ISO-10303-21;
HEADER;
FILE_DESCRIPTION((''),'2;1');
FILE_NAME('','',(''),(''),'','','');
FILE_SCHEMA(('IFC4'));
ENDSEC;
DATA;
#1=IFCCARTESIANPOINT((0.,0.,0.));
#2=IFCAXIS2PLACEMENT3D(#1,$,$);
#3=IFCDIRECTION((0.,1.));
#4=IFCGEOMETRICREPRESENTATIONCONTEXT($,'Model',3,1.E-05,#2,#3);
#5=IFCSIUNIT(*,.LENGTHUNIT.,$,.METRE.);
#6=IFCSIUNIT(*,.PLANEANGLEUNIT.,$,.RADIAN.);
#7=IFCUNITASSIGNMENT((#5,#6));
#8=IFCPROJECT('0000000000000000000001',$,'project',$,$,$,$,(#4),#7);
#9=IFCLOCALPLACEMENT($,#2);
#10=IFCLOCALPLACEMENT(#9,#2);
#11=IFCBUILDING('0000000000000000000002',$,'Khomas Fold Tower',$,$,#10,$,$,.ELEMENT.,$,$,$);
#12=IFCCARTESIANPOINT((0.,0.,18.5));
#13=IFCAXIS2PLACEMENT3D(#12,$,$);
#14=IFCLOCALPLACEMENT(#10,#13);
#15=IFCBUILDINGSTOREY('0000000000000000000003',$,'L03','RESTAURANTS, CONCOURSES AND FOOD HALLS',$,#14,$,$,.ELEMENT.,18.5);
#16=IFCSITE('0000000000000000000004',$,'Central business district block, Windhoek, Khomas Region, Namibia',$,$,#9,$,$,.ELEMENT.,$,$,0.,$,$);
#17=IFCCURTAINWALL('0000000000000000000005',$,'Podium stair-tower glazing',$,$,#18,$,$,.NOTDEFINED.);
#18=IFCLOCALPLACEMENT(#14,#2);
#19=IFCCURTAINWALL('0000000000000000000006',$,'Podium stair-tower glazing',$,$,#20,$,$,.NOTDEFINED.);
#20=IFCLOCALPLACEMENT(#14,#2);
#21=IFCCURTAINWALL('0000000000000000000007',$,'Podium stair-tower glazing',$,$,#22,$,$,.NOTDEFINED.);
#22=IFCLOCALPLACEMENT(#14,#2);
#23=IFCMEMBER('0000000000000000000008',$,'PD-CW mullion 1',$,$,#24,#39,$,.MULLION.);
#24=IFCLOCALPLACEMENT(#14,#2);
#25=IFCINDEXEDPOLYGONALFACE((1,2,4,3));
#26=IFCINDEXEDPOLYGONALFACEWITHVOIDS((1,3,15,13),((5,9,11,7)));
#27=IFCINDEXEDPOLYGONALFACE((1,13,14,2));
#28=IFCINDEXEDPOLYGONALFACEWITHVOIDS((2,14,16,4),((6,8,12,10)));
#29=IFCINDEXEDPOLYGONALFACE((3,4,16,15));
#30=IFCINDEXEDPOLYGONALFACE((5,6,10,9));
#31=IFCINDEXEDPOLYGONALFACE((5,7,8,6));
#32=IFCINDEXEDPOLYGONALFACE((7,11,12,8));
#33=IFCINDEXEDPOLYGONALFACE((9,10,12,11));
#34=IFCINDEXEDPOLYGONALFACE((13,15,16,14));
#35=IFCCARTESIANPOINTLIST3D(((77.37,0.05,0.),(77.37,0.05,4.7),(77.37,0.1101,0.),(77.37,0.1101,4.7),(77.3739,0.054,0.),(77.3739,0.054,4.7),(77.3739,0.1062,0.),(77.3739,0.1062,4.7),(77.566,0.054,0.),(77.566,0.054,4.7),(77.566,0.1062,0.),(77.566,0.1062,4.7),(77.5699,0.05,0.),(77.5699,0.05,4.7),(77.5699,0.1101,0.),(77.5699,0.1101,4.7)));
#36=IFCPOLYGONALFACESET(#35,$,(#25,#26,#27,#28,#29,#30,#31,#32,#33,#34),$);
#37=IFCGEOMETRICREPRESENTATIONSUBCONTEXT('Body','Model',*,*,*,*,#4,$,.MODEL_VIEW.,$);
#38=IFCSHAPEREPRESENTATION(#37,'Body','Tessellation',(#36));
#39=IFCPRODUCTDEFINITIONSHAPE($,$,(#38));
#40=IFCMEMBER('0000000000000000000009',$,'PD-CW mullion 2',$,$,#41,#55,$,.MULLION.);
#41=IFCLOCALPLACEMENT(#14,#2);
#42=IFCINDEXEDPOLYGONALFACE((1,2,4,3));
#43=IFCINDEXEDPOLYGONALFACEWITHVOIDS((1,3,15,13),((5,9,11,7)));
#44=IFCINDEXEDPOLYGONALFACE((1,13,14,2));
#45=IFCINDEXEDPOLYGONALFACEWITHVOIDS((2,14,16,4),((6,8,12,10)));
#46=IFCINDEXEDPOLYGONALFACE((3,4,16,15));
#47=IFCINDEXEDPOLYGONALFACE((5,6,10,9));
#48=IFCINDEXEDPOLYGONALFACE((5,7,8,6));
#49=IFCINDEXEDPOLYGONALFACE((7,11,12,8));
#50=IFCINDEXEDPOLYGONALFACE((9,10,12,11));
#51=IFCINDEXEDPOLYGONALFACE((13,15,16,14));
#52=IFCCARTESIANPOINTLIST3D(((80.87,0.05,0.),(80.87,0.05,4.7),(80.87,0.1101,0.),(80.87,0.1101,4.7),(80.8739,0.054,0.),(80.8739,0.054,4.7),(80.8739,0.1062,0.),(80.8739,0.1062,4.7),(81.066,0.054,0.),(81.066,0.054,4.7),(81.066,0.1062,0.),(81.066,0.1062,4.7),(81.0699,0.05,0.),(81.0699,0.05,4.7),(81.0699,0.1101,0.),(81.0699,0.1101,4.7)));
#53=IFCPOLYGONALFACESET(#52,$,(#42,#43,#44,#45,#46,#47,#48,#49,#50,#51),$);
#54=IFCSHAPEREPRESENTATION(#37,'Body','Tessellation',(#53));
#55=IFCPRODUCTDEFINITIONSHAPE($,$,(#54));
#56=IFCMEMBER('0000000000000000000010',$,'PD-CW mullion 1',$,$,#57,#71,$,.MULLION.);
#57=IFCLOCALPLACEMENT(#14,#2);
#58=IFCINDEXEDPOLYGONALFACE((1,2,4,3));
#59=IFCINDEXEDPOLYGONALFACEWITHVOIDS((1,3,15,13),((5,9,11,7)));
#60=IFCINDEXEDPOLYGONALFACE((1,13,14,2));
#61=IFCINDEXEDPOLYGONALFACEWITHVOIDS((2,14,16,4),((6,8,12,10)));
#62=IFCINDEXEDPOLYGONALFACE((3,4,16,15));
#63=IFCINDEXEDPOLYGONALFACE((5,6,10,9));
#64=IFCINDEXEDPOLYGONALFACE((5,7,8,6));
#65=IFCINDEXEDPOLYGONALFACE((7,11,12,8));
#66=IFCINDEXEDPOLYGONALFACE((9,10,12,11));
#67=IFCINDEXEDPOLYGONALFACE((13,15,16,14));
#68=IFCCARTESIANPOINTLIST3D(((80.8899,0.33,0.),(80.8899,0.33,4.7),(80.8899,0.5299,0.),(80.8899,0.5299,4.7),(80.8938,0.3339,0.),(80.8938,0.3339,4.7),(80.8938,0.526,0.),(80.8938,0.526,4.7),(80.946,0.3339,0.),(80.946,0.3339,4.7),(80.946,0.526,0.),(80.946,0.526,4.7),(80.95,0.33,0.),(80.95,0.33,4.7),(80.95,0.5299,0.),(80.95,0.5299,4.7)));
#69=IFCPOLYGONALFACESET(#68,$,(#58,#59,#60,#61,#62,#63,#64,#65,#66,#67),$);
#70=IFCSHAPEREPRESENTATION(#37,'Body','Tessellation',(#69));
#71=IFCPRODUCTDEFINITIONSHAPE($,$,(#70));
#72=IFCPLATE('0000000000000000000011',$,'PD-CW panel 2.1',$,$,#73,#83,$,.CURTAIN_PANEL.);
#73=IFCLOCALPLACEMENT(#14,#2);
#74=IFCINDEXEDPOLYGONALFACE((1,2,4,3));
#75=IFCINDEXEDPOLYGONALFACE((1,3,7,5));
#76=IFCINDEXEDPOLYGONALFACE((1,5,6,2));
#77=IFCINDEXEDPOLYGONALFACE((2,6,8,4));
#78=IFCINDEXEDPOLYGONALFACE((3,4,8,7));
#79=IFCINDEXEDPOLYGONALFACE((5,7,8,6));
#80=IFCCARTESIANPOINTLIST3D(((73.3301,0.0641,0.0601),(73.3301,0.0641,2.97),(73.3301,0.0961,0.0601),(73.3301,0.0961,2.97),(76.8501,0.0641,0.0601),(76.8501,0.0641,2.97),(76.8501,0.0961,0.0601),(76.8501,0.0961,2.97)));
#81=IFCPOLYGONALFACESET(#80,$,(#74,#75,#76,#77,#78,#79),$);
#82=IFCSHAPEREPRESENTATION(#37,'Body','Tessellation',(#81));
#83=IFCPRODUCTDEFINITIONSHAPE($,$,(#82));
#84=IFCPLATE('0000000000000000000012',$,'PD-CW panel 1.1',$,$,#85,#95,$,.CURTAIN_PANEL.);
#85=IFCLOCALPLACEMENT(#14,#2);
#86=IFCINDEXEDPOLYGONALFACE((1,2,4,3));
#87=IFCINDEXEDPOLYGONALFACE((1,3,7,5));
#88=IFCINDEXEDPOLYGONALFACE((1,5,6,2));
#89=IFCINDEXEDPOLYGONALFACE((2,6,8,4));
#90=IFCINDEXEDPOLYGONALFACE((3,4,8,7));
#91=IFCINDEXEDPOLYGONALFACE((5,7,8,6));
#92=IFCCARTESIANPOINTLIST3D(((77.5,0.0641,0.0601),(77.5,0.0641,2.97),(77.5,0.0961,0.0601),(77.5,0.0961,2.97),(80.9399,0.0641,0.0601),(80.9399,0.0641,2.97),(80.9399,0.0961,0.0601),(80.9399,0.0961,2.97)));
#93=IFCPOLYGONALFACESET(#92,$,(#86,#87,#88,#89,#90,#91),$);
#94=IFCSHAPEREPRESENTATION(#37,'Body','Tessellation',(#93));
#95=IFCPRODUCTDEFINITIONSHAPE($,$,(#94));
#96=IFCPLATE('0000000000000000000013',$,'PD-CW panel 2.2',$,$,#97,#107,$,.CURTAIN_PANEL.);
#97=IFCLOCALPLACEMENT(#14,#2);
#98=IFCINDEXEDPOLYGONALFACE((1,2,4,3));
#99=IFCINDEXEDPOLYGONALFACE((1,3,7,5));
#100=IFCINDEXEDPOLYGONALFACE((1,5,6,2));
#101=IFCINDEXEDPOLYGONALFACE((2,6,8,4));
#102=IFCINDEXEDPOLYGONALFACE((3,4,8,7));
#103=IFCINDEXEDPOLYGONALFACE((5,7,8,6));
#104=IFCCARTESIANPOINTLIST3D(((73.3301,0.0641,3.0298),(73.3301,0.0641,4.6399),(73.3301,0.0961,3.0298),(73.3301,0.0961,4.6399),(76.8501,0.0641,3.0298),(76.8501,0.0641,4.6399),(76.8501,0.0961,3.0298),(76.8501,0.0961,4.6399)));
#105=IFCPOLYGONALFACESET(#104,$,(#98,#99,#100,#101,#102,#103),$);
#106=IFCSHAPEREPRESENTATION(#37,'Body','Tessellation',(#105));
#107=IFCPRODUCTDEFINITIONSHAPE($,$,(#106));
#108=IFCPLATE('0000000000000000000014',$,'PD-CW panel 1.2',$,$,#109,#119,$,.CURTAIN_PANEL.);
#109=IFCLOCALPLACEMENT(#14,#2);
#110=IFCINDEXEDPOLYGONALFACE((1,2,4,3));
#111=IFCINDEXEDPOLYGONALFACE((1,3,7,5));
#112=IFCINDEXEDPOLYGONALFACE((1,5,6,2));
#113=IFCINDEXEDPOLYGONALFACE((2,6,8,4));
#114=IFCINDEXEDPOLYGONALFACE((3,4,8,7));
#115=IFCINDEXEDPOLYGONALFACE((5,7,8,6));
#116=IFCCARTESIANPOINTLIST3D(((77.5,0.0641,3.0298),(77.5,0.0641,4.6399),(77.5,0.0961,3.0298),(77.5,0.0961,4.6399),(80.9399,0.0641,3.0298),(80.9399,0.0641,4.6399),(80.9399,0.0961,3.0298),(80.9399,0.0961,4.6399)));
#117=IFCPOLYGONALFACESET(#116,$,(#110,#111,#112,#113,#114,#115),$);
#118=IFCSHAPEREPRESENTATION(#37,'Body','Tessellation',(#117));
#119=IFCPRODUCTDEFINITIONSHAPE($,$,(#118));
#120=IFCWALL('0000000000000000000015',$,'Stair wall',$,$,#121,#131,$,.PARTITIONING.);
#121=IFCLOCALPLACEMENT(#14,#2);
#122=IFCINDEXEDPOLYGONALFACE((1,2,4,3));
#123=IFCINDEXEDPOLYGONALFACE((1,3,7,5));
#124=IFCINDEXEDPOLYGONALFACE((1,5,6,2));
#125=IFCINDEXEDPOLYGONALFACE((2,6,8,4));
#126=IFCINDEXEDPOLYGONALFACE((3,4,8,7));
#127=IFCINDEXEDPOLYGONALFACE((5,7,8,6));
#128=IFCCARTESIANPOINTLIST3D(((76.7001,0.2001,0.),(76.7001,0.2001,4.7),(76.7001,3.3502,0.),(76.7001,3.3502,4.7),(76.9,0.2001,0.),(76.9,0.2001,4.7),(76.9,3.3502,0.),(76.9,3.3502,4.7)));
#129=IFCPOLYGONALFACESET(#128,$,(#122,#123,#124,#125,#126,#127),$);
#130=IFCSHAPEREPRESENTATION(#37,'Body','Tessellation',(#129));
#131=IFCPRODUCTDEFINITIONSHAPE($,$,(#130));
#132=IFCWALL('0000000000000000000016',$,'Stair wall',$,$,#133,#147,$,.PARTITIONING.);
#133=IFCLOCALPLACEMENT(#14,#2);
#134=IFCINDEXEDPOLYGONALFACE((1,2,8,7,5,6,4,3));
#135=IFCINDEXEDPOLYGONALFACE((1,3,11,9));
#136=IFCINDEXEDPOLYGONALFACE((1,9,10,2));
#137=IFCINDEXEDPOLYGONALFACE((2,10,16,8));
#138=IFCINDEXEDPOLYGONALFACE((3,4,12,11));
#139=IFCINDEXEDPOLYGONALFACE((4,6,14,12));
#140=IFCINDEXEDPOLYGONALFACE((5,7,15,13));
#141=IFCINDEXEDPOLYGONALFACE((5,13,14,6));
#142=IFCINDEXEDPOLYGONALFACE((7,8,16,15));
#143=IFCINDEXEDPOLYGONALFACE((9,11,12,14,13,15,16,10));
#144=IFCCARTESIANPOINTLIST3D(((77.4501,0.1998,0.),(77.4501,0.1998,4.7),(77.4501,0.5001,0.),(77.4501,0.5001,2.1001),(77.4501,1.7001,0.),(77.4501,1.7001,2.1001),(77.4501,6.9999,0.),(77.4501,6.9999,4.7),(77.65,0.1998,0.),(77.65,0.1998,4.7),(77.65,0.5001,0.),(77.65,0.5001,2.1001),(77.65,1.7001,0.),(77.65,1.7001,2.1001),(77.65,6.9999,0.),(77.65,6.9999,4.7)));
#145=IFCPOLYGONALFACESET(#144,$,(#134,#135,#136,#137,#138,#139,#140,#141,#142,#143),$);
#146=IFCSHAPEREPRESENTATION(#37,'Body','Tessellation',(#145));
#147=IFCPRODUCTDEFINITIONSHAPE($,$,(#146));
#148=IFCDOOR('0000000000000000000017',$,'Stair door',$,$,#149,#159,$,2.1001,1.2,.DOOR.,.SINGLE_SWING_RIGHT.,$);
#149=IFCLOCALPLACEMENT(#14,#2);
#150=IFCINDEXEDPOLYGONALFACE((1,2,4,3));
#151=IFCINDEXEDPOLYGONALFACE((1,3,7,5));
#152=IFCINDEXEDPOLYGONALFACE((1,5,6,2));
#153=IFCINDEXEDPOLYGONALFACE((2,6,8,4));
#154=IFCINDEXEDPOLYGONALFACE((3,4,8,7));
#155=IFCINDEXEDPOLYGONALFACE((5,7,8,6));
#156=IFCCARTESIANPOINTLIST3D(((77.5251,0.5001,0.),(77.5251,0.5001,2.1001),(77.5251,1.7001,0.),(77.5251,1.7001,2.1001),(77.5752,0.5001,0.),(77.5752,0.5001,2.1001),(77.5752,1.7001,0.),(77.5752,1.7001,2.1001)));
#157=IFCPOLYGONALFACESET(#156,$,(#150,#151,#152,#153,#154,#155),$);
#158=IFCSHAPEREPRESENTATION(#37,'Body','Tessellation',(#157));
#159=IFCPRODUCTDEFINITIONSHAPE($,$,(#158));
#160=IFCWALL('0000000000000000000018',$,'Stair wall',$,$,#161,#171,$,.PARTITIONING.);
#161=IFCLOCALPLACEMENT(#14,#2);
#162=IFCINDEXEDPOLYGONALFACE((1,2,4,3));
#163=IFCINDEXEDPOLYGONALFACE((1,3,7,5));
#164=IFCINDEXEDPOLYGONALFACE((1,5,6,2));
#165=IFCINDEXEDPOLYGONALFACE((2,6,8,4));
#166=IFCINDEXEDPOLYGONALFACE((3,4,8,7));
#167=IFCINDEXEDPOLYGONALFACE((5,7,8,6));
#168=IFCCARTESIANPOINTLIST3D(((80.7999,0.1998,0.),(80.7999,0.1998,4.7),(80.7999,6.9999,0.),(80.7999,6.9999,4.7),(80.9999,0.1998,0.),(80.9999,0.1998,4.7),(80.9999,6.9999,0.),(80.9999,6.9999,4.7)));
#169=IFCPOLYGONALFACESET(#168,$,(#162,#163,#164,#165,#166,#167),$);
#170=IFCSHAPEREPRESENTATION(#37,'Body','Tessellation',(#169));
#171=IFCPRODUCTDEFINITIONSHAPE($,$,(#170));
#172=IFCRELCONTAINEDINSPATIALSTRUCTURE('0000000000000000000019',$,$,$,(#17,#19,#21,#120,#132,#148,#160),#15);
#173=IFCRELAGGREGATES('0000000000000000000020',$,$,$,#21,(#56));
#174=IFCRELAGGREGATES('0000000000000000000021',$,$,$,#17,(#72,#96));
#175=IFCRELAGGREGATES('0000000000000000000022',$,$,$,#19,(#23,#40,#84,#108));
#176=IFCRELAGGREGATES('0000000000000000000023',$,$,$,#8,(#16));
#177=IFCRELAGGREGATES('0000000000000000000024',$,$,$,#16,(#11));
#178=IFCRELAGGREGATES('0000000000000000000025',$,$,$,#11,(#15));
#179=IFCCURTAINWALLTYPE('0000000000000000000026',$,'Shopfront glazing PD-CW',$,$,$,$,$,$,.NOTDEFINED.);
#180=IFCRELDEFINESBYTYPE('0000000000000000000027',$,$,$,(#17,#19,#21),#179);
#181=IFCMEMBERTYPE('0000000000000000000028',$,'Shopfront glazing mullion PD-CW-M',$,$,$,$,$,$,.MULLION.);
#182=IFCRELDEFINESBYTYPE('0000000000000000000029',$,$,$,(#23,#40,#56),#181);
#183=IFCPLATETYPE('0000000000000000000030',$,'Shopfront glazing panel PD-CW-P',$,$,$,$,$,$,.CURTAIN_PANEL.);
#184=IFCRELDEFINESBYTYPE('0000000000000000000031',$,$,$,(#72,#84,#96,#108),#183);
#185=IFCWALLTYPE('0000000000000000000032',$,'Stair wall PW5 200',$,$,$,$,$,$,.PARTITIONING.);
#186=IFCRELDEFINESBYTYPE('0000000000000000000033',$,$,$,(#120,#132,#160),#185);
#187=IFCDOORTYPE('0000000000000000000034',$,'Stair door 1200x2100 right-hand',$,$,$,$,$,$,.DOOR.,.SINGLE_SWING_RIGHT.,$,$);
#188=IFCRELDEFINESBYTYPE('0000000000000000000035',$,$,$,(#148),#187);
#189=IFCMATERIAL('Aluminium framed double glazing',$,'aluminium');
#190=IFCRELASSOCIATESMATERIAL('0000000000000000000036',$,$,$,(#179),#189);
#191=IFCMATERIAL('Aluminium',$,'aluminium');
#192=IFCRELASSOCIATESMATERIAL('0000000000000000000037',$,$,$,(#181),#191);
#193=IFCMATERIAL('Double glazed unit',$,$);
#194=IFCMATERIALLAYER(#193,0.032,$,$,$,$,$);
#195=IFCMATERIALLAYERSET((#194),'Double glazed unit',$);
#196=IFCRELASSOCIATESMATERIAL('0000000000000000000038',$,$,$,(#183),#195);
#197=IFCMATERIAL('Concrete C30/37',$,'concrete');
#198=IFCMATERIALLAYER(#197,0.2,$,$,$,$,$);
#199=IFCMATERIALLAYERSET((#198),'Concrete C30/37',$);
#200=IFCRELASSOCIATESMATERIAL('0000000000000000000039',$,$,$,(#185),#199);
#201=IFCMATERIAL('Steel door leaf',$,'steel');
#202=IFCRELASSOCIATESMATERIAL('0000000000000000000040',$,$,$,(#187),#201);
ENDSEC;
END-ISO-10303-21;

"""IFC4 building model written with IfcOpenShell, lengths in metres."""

from ifc_helpers import new_model, si_unit, direction, frame, frame_2d, origin, origin_2d, place, context, subcontext, project, spatial, rectangle, hollow_rectangle, extrude, source, transform, mapped, material, layer, layer_set, material_profile, profile_set, type_object, element, fill, aggregate, save


model = new_model("IFC4")

# Units and contexts
model_context = context("Model", 3, precision=1e-05, world=origin(), true_north=direction((0.0, 1.0)))
body_context = subcontext(model_context, "Body", "Model", "MODEL_VIEW")
ifc_project = project(units=[si_unit("LENGTHUNIT", "METRE"), si_unit("PLANEANGLEUNIT", "RADIAN")], contexts=[model_context])

# Site, building, storey
site_placement = place(None, origin())
site = spatial("IfcSite", under=ifc_project, at=site_placement, Name="Central business district block, Windhoek, Khomas Region, Namibia", CompositionType="ELEMENT", RefElevation=0.0)
building_placement = place(site_placement, origin())
building = spatial("IfcBuilding", under=site, at=building_placement, Name="Khomas Fold Tower", CompositionType="ELEMENT")
storey_placement = place(building_placement, frame((0.0, 0.0, 18.5)))
storey = spatial("IfcBuildingStorey", under=building, at=storey_placement, Name="L03", Description="RESTAURANTS, CONCOURSES AND FOOD HALLS", CompositionType="ELEMENT", Elevation=18.5)

# Curtain walls
ifc_material_1 = material(Name="Aluminium framed double glazing", Category="aluminium")
curtain_wall_type = type_object("IfcCurtainWallType", Name="Shopfront glazing PD-CW", PredefinedType="NOTDEFINED", material=ifc_material_1)
curtain_wall_1_placement = place(storey_placement, origin())
curtain_wall_1 = element("IfcCurtainWall", 1, at=curtain_wall_1_placement, inside=storey, type_object=curtain_wall_type, Name="Podium stair-tower glazing", PredefinedType="NOTDEFINED")
curtain_wall_2_placement = place(storey_placement, origin())
curtain_wall_2 = element("IfcCurtainWall", 2, at=curtain_wall_2_placement, inside=storey, type_object=curtain_wall_type, Name="Podium stair-tower glazing", PredefinedType="NOTDEFINED")
curtain_wall_3_placement = place(storey_placement, origin())
curtain_wall_3 = element("IfcCurtainWall", 3, at=curtain_wall_3_placement, inside=storey, type_object=curtain_wall_type, Name="Podium stair-tower glazing", PredefinedType="NOTDEFINED")

# Members
ifc_material_2 = material(Name="Aluminium", Category="aluminium")
ifc_material_profile_1 = material_profile(ifc_material_2, hollow_rectangle(XDim=0.0601, YDim=0.2, WallThickness=0.0039, at=origin_2d()), Name="Shopfront glazing mullion PD-CW-M")
ifc_profile_set_1 = profile_set([ifc_material_profile_1], Name="Aluminium")
member_type_1 = type_object("IfcMemberType", Name="Shopfront glazing mullion PD-CW-M", PredefinedType="MULLION", material=ifc_profile_set_1)
shared_shape_1 = source(origin(), body_context, "Body", "SweptSolid", [
    extrude(hollow_rectangle(XDim=0.0601, YDim=0.2, WallThickness=0.0039, at=origin_2d()), origin(), (0.0, 0.0, 1.0), 4.7),
])
member_1_placement = place(storey_placement, frame((77.47, 0.0801, 0.0), z_axis=(0.0, 0.0, 1.0), x_axis=(0.0, 1.0, 0.0)))
member_1 = element("IfcMember", 4, at=member_1_placement, type_object=member_type_1, Name="PD-CW mullion 1", PredefinedType="MULLION", context=body_context, shape_type="MappedRepresentation", body=[
    mapped(shared_shape_1, transform((0.0, 0.0, 0.0))),
])
member_2_placement = place(storey_placement, frame((80.97, 0.0801, 0.0), z_axis=(0.0, 0.0, 1.0), x_axis=(0.0, 1.0, 0.0)))
member_2 = element("IfcMember", 5, at=member_2_placement, type_object=member_type_1, Name="PD-CW mullion 2", PredefinedType="MULLION", context=body_context, shape_type="MappedRepresentation", body=[
    mapped(shared_shape_1, transform((0.0, 0.0, 0.0))),
])
member_3_placement = place(storey_placement, frame((80.9199, 0.4299, 0.0), z_axis=(0.0, 0.0, 1.0), x_axis=(-1.0, 0.0, 0.0)))
member_3 = element("IfcMember", 6, at=member_3_placement, type_object=member_type_1, Name="PD-CW mullion 1", PredefinedType="MULLION", context=body_context, shape_type="MappedRepresentation", body=[
    mapped(shared_shape_1, transform((0.0, 0.0, 0.0))),
])
aggregate(curtain_wall_3, [member_3])

# Plates
ifc_material_3 = material(Name="Double glazed unit")
ifc_layer_1 = layer(ifc_material_3, 0.032)
ifc_layer_set_1 = layer_set([ifc_layer_1], Name="Double glazed unit")
plate_type = type_object("IfcPlateType", Name="Shopfront glazing panel PD-CW-P", PredefinedType="CURTAIN_PANEL", material=ifc_layer_set_1)
shared_shape_2 = source(origin(), body_context, "Body", "SweptSolid", [
    extrude(rectangle(XDim=3.52, YDim=0.032, at=origin_2d()), origin(), (0.0, 0.0, 1.0), 2.9099),
])
plate_1_placement = place(storey_placement, frame((75.0901, 0.0801, 0.0601), z_axis=(0.0, 0.0, 1.0), x_axis=(1.0, 0.0, 0.0)))
plate_1 = element("IfcPlate", 7, at=plate_1_placement, type_object=plate_type, Name="PD-CW panel 2.1", PredefinedType="CURTAIN_PANEL", context=body_context, shape_type="MappedRepresentation", body=[
    mapped(shared_shape_2, transform((0.0, 0.0, 0.0))),
])
shared_shape_3 = source(origin(), body_context, "Body", "SweptSolid", [
    extrude(rectangle(XDim=3.4399, YDim=0.032, at=origin_2d()), origin(), (0.0, 0.0, 1.0), 2.9099),
])
plate_2_placement = place(storey_placement, frame((79.22, 0.0801, 0.0601), z_axis=(0.0, 0.0, 1.0), x_axis=(1.0, 0.0, 0.0)))
plate_2 = element("IfcPlate", 8, at=plate_2_placement, type_object=plate_type, Name="PD-CW panel 1.1", PredefinedType="CURTAIN_PANEL", context=body_context, shape_type="MappedRepresentation", body=[
    mapped(shared_shape_3, transform((0.0, 0.0, 0.0))),
])
shared_shape_4 = source(origin(), body_context, "Body", "SweptSolid", [
    extrude(rectangle(XDim=3.52, YDim=0.032, at=origin_2d()), origin(), (0.0, 0.0, 1.0), 1.6101),
])
plate_3_placement = place(storey_placement, frame((75.0901, 0.0801, 3.0298), z_axis=(0.0, 0.0, 1.0), x_axis=(1.0, 0.0, 0.0)))
plate_3 = element("IfcPlate", 9, at=plate_3_placement, type_object=plate_type, Name="PD-CW panel 2.2", PredefinedType="CURTAIN_PANEL", context=body_context, shape_type="MappedRepresentation", body=[
    mapped(shared_shape_4, transform((0.0, 0.0, 0.0))),
])
aggregate(curtain_wall_1, [plate_1, plate_3])
shared_shape_5 = source(origin(), body_context, "Body", "SweptSolid", [
    extrude(rectangle(XDim=3.4399, YDim=0.032, at=origin_2d()), origin(), (0.0, 0.0, 1.0), 1.6101),
])
plate_4_placement = place(storey_placement, frame((79.22, 0.0801, 3.0298), z_axis=(0.0, 0.0, 1.0), x_axis=(1.0, 0.0, 0.0)))
plate_4 = element("IfcPlate", 10, at=plate_4_placement, type_object=plate_type, Name="PD-CW panel 1.2", PredefinedType="CURTAIN_PANEL", context=body_context, shape_type="MappedRepresentation", body=[
    mapped(shared_shape_5, transform((0.0, 0.0, 0.0))),
])
aggregate(curtain_wall_2, [member_1, member_2, plate_2, plate_4])

# Wall
ifc_material_4 = material(Name="Concrete C30/37", Category="concrete")
ifc_layer_2 = layer(ifc_material_4, 0.2)
ifc_layer_set_2 = layer_set([ifc_layer_2], Name="Concrete C30/37")
wall_type = type_object("IfcWallType", Name="Stair wall PW5 200", PredefinedType="PARTITIONING", material=ifc_layer_set_2)
shared_shape_6 = source(origin(), body_context, "Body", "SweptSolid", [
    extrude(rectangle(XDim=3.1501, YDim=0.2, at=frame_2d((1.5752, 0.0))), origin(), (0.0, 0.0, 1.0), 4.7),
])
wall_1_placement = place(storey_placement, frame((76.8, 0.2, 0.0), z_axis=(0.0, 0.0, 1.0), x_axis=(0.0, 1.0, 0.0)))
element("IfcWall", 11, at=wall_1_placement, inside=storey, type_object=wall_type, Name="Stair wall", PredefinedType="PARTITIONING", context=body_context, shape_type="MappedRepresentation", body=[
    mapped(shared_shape_6, transform((0.0, 0.0, 0.0))),
])

# Wall, opening, door
shared_shape_7 = source(origin(), body_context, "Body", "SweptSolid", [
    extrude(rectangle(XDim=6.8, YDim=0.2, at=frame_2d((3.3999, 0.0))), origin(), (0.0, 0.0, 1.0), 4.7),
])
wall_2_placement = place(storey_placement, frame((77.55, 0.2, 0.0), z_axis=(0.0, 0.0, 1.0), x_axis=(0.0, 1.0, 0.0)))
wall_2 = element("IfcWall", 12, at=wall_2_placement, inside=storey, type_object=wall_type, Name="Stair wall", PredefinedType="PARTITIONING", context=body_context, shape_type="MappedRepresentation", body=[
    mapped(shared_shape_7, transform((0.0, 0.0, 0.0))),
])
shared_shape_8 = source(origin(), body_context, "Body", "SweptSolid", [
    extrude(rectangle(XDim=1.2, YDim=2.1001, at=frame_2d((0.6001, 1.05))), frame((0.0, 0.1099, 0.0), z_axis=(0.0, -1.0, 0.0), x_axis=(1.0, 0.0, 0.0)), (0.0, 0.0, 1.0), 0.22),
])
opening_placement = place(wall_2_placement, frame((0.3, 0.0, 0.0)))
opening = element("IfcOpeningElement", 13, at=opening_placement, cuts=wall_2, PredefinedType="OPENING", context=body_context, shape_type="MappedRepresentation", body=[
    mapped(shared_shape_8, transform((0.0, 0.0, 0.0))),
])
ifc_material_5 = material(Name="Steel door leaf", Category="steel")
door_type = type_object("IfcDoorType", Name="Stair door 1200x2100 right-hand", OperationType="SINGLE_SWING_RIGHT", PredefinedType="DOOR", material=ifc_material_5)
shared_shape_9 = source(origin(), body_context, "Body", "SweptSolid", [
    extrude(rectangle(XDim=1.2, YDim=2.1001, at=frame_2d((0.6001, 1.05))), frame((0.0, 0.0249, 0.0), z_axis=(0.0, -1.0, 0.0), x_axis=(1.0, 0.0, 0.0)), (0.0, 0.0, 1.0), 0.05),
])
door_placement = place(opening_placement, origin())
door = element("IfcDoor", 14, at=door_placement, inside=storey, type_object=door_type, Name="Stair door", OperationType="SINGLE_SWING_RIGHT", OverallHeight=2.1001, OverallWidth=1.2, PredefinedType="DOOR", context=body_context, shape_type="MappedRepresentation", body=[
    mapped(shared_shape_9, transform((0.0, 0.0, 0.0))),
])
fill(opening, door)

# Wall
wall_3_placement = place(storey_placement, frame((80.8999, 0.2, 0.0), z_axis=(0.0, 0.0, 1.0), x_axis=(0.0, 1.0, 0.0)))
element("IfcWall", 15, at=wall_3_placement, inside=storey, type_object=wall_type, Name="Stair wall", PredefinedType="PARTITIONING", context=body_context, shape_type="MappedRepresentation", body=[
    mapped(shared_shape_7, transform((0.0, 0.0, 0.0))),
])

save(model, "model.ifc")
